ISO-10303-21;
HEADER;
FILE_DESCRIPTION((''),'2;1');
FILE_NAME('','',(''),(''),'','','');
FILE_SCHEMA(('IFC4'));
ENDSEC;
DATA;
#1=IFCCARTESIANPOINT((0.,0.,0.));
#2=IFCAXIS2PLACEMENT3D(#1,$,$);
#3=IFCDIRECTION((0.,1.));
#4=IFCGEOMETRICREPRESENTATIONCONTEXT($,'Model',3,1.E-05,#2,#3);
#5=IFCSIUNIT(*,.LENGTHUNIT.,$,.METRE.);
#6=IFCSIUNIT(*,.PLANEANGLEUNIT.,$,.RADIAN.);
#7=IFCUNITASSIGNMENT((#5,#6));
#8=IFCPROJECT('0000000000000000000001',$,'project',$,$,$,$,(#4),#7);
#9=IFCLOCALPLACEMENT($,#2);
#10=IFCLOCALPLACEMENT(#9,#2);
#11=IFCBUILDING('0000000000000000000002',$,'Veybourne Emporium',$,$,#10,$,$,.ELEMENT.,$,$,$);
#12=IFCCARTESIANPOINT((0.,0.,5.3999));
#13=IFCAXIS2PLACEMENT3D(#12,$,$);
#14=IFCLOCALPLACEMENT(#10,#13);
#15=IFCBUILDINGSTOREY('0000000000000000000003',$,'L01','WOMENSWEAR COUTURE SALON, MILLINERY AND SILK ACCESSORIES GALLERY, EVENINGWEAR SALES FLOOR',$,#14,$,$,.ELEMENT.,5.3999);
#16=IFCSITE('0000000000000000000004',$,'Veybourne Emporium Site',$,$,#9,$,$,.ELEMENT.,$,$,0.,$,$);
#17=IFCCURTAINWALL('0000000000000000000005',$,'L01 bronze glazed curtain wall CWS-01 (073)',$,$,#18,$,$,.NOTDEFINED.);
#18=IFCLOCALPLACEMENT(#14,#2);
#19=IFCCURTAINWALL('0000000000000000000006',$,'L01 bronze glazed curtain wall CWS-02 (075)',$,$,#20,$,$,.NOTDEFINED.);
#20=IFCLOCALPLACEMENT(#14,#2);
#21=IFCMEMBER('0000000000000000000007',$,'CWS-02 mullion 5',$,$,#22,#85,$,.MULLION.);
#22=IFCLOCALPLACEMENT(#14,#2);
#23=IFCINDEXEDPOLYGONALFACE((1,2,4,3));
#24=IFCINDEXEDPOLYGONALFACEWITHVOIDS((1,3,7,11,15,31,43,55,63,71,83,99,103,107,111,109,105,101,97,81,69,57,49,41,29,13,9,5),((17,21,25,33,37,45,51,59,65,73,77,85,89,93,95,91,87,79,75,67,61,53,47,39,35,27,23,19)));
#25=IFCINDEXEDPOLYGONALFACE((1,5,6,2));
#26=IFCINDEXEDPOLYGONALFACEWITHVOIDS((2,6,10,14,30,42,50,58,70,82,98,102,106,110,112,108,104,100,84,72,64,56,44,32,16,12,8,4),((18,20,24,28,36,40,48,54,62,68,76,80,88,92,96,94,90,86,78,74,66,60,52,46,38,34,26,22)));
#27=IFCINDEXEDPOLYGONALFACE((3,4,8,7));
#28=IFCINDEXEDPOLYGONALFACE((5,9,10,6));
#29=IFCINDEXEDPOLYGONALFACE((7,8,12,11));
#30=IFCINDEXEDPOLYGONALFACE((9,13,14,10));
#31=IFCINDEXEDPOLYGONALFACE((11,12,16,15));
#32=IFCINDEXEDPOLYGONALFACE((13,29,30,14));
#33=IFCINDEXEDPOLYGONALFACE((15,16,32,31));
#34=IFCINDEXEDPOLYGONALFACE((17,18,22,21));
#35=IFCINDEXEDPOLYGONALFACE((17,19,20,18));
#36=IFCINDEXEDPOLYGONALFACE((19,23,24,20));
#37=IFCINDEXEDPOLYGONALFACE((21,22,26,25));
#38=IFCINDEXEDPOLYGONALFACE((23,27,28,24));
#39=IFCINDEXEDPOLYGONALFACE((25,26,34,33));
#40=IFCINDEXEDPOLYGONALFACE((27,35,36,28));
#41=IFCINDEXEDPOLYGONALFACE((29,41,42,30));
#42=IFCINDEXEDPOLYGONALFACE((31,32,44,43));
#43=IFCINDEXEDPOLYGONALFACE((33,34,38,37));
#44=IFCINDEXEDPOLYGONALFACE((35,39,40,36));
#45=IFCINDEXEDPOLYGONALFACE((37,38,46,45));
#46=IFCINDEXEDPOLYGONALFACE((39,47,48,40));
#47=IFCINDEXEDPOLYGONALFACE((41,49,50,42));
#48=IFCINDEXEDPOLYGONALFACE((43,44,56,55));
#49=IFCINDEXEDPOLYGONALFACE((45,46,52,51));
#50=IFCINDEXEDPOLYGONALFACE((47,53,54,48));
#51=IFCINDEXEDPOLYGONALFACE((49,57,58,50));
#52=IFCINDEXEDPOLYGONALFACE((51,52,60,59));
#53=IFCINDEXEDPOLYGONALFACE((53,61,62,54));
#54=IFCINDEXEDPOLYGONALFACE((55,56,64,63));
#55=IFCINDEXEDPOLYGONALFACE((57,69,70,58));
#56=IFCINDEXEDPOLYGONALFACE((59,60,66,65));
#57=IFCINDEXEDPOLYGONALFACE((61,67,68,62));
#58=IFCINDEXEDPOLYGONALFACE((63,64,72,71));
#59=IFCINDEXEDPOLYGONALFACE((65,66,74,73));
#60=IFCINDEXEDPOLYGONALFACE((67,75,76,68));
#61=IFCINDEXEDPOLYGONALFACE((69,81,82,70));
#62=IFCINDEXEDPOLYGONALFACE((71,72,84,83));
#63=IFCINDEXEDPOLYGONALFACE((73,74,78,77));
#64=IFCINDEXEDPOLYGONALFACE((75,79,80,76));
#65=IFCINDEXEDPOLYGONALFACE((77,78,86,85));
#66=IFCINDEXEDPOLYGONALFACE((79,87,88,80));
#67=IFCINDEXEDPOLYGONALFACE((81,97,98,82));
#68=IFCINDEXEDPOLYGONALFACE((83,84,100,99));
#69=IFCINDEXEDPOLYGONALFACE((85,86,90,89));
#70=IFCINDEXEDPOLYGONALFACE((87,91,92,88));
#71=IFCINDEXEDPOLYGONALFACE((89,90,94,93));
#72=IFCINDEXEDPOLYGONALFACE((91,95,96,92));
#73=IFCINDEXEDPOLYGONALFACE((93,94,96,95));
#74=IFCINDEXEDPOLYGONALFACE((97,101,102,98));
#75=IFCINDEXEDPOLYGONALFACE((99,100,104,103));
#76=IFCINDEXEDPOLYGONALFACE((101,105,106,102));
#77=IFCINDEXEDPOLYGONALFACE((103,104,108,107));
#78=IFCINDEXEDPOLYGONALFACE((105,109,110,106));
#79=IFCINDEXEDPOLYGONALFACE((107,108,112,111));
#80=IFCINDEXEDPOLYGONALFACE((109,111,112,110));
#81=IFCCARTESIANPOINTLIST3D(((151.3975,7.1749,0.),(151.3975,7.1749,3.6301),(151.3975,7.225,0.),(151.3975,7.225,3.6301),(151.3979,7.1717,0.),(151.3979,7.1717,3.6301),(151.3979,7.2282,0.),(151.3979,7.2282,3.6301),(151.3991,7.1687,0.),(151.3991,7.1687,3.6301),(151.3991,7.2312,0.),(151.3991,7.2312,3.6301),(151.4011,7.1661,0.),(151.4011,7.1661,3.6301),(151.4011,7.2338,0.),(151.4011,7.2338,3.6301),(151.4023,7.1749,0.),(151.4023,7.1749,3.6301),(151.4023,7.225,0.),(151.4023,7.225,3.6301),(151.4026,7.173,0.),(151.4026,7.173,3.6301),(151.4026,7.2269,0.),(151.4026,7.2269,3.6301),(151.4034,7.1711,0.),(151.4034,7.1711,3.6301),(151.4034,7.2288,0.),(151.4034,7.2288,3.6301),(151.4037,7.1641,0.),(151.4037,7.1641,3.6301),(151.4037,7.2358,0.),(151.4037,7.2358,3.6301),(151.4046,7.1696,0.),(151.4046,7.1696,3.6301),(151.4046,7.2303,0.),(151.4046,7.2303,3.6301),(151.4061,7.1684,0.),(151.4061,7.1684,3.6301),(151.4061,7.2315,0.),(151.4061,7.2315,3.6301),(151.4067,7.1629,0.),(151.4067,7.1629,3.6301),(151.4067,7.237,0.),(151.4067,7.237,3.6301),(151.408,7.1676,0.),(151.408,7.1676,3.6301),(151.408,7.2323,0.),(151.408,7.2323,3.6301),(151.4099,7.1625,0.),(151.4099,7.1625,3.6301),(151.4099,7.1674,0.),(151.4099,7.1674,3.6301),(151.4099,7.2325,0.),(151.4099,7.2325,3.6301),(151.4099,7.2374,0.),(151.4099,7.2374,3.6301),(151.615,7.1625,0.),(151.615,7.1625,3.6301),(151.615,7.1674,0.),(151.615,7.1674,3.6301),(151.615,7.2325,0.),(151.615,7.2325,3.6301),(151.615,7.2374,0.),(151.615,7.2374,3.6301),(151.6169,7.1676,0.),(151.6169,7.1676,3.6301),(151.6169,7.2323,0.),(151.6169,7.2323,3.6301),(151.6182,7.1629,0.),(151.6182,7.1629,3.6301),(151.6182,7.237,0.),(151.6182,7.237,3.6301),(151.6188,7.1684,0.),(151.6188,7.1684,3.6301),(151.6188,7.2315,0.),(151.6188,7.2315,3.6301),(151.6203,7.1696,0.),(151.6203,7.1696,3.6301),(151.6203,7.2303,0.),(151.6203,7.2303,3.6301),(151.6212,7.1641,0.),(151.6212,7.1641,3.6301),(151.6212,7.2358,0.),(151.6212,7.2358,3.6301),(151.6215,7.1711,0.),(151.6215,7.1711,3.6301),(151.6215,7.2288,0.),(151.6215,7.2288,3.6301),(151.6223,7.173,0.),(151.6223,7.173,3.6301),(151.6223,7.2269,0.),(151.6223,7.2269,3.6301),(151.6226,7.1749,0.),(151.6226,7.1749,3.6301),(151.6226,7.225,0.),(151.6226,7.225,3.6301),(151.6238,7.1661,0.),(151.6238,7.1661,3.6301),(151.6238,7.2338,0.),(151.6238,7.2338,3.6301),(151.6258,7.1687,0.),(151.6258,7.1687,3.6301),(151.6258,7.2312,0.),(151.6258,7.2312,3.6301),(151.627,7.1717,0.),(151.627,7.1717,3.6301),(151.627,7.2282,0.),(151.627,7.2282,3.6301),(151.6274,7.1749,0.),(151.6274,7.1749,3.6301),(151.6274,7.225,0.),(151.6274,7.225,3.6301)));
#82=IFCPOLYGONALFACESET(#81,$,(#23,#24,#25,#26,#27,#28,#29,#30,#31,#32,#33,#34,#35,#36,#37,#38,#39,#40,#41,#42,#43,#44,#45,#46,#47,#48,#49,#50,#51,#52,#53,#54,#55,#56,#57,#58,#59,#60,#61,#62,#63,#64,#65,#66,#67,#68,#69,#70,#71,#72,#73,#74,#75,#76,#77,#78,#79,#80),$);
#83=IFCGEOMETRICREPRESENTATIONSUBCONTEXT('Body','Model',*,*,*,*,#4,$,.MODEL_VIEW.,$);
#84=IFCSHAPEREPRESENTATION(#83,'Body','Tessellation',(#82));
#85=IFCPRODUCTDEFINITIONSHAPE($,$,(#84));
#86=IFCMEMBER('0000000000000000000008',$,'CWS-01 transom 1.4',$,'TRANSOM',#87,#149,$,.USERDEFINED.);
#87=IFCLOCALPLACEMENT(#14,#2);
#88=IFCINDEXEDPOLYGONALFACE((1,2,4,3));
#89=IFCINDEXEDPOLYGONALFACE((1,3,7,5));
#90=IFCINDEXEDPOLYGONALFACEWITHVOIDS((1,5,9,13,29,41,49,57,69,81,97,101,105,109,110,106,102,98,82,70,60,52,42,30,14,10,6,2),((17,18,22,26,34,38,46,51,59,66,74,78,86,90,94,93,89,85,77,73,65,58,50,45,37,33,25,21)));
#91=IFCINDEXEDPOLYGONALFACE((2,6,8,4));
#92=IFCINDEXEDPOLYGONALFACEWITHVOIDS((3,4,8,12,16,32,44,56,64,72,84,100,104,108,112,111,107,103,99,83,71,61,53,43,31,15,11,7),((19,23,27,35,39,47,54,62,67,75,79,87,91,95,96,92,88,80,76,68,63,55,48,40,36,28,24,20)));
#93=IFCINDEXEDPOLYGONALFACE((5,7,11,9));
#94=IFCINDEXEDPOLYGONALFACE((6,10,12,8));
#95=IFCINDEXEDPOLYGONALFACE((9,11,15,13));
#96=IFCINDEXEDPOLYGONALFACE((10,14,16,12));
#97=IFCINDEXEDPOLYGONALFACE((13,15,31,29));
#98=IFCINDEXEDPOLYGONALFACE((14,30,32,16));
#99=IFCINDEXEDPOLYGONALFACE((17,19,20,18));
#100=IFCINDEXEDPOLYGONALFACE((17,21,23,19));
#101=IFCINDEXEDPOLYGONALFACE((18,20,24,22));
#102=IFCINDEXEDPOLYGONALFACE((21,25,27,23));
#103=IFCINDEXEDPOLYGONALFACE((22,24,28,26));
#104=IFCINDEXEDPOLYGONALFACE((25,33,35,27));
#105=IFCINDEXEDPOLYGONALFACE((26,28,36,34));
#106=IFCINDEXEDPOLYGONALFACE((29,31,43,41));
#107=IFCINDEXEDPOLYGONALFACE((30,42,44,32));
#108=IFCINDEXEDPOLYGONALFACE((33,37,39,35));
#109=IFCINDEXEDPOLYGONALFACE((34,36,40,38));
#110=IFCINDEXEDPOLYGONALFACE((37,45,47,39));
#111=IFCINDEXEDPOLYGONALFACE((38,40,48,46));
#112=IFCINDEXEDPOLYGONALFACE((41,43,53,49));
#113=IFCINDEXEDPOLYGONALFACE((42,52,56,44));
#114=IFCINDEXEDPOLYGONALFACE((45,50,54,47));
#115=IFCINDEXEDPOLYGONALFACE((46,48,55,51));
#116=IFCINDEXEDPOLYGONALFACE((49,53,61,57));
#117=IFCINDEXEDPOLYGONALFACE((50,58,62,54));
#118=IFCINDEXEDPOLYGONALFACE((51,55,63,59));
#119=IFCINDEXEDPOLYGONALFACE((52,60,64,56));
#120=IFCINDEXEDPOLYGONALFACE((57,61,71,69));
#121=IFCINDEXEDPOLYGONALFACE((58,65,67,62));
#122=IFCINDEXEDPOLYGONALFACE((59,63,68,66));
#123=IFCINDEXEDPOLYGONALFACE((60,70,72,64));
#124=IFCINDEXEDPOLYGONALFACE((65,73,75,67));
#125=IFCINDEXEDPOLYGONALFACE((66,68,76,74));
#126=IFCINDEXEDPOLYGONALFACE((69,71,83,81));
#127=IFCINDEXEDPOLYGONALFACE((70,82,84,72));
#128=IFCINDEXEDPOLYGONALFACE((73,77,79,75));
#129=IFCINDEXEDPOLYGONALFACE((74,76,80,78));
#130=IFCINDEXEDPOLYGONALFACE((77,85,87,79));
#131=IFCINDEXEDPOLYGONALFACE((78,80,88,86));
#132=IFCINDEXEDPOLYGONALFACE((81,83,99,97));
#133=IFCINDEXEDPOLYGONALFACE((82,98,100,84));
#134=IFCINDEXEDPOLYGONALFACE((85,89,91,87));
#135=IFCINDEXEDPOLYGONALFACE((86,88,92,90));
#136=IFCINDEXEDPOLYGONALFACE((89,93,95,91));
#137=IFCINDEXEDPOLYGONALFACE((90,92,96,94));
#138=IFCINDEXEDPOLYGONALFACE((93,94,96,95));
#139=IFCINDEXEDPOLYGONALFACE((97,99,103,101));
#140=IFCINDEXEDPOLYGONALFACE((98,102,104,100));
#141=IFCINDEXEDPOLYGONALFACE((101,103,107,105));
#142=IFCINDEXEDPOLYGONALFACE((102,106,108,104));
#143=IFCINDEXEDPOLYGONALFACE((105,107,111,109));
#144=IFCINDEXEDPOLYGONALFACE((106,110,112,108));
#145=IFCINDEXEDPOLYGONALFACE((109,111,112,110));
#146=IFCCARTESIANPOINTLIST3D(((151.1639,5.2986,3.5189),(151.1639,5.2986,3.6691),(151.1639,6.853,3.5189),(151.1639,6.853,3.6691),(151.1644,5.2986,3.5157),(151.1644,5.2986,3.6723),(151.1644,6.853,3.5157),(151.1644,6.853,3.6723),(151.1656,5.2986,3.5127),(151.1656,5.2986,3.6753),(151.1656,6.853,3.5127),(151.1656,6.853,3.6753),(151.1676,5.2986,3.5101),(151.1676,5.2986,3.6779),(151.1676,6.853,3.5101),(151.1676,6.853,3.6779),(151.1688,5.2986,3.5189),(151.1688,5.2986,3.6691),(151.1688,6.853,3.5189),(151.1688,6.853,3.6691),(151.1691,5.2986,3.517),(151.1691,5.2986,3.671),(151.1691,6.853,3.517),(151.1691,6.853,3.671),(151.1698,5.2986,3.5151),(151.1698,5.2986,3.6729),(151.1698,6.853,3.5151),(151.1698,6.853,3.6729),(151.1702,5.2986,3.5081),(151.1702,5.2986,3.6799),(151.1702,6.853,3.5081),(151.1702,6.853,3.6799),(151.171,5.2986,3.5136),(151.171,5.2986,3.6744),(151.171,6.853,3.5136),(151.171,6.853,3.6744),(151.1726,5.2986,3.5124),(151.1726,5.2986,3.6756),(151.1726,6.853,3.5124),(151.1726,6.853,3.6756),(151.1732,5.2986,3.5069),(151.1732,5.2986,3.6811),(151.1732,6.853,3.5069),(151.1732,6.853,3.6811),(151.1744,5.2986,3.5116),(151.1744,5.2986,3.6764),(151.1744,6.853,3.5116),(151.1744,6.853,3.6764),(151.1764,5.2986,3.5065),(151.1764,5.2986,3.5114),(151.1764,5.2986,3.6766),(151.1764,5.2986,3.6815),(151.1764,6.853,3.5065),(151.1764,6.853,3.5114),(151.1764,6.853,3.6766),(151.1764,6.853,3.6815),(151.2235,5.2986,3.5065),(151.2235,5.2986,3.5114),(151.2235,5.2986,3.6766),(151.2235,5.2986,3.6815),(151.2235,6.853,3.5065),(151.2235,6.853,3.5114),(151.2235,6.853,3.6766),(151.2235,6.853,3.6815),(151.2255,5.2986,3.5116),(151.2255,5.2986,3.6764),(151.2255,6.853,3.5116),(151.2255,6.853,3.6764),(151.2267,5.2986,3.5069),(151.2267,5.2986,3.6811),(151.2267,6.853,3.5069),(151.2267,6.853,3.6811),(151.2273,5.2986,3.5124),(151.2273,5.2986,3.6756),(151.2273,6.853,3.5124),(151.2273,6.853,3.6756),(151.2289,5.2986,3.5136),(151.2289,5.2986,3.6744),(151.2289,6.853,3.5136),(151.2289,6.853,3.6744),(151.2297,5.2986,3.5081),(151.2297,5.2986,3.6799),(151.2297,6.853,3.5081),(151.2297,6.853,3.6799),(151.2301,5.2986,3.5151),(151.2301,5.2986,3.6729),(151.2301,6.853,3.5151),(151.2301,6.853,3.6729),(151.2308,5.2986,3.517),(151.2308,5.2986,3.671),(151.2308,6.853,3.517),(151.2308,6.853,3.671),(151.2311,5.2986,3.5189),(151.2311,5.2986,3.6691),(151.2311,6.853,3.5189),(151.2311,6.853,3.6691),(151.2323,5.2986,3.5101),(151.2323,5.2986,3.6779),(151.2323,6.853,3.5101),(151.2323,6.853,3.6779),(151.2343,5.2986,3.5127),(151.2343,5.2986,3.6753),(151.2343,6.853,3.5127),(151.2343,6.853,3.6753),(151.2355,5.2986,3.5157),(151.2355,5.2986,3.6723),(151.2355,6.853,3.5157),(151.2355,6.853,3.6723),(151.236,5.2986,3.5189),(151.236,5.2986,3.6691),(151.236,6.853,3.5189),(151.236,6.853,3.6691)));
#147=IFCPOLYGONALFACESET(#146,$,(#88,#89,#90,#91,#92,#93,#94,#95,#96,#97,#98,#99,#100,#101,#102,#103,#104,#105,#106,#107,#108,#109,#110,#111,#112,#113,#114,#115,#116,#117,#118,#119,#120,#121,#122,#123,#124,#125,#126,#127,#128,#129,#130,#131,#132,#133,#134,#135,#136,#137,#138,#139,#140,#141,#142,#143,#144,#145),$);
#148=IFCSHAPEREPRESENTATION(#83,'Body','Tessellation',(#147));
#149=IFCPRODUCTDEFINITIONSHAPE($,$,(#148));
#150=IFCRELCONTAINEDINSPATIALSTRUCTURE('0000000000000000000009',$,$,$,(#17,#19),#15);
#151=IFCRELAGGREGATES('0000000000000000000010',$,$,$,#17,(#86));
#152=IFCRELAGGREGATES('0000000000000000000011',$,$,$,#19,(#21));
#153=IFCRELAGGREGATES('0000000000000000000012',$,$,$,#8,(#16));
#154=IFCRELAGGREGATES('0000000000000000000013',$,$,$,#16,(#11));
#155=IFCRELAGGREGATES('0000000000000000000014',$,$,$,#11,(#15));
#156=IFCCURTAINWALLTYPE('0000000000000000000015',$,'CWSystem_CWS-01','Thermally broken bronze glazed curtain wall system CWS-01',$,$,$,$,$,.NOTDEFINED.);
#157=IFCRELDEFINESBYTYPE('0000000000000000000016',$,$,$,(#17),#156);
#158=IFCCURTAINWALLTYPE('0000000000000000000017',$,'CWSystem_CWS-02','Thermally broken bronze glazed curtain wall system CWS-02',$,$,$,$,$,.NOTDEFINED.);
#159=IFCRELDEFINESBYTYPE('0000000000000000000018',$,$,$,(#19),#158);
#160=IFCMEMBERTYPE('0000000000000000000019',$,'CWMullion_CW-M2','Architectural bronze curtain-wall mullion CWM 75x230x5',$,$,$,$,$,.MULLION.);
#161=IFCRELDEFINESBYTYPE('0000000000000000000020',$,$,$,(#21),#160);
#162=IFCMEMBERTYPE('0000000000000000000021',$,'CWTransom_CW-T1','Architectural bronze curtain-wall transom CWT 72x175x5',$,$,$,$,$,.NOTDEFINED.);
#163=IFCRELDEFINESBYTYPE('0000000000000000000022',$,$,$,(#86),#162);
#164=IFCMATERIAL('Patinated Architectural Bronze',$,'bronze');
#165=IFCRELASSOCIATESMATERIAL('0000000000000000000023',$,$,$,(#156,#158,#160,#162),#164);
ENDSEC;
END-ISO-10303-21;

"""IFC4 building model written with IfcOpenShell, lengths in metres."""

from ifc_helpers import new_model, si_unit, direction, frame, origin, origin_2d, place, context, subcontext, project, spatial, hollow_rectangle, extrude, material, material_profile, profile_set, type_object, element, aggregate, save


model = new_model("IFC4")

# Units and contexts
model_context = context("Model", 3, precision=1e-05, world=origin(), true_north=direction((0.0, 1.0)))
body_context = subcontext(model_context, "Body", "Model", "MODEL_VIEW")
ifc_project = project(units=[si_unit("LENGTHUNIT", "METRE"), si_unit("PLANEANGLEUNIT", "RADIAN")], contexts=[model_context])

# Site, building, storey
site_placement = place(None, origin())
site = spatial("IfcSite", under=ifc_project, at=site_placement, Name="Veybourne Emporium Site", CompositionType="ELEMENT", RefElevation=0.0)
building_placement = place(site_placement, origin())
building = spatial("IfcBuilding", under=site, at=building_placement, Name="Veybourne Emporium", CompositionType="ELEMENT")
storey_placement = place(building_placement, frame((0.0, 0.0, 5.3999)))
storey = spatial("IfcBuildingStorey", under=building, at=storey_placement, Name="L01", Description="WOMENSWEAR COUTURE SALON, MILLINERY AND SILK ACCESSORIES GALLERY, EVENINGWEAR SALES FLOOR", CompositionType="ELEMENT", Elevation=5.3999)

# Curtain wall
ifc_material_1 = material(Name="Patinated Architectural Bronze", Category="bronze")
curtain_wall_type_1 = type_object("IfcCurtainWallType", Name="CWSystem_CWS-01", Description="Thermally broken bronze glazed curtain wall system CWS-01", PredefinedType="NOTDEFINED", material=ifc_material_1)
curtain_wall_1_placement = place(storey_placement, origin())
curtain_wall_1 = element("IfcCurtainWall", 1, at=curtain_wall_1_placement, inside=storey, type_object=curtain_wall_type_1, Name="L01 bronze glazed curtain wall CWS-01 (073)", PredefinedType="NOTDEFINED")

# Curtain wall, member
curtain_wall_type_2 = type_object("IfcCurtainWallType", Name="CWSystem_CWS-02", Description="Thermally broken bronze glazed curtain wall system CWS-02", PredefinedType="NOTDEFINED", material=ifc_material_1)
curtain_wall_2_placement = place(storey_placement, origin())
curtain_wall_2 = element("IfcCurtainWall", 2, at=curtain_wall_2_placement, inside=storey, type_object=curtain_wall_type_2, Name="L01 bronze glazed curtain wall CWS-02 (075)", PredefinedType="NOTDEFINED")
ifc_material_profile_1 = material_profile(ifc_material_1, hollow_rectangle(XDim=0.075, YDim=0.23, WallThickness=0.0049, InnerFilletRadius=0.0076, OuterFilletRadius=0.0125, at=origin_2d()), Name="CWM 75x230x5")
ifc_profile_set_1 = profile_set([ifc_material_profile_1], Name="Patinated Architectural Bronze")
member_type_1 = type_object("IfcMemberType", Name="CWMullion_CW-M2", Description="Architectural bronze curtain-wall mullion CWM 75x230x5", PredefinedType="MULLION", material=ifc_profile_set_1)
member_1_placement = place(storey_placement, frame((151.5125, 7.2, 0.0), z_axis=(0.0, 0.0, 1.0), x_axis=(0.0, -1.0, 0.0)))
member_1 = element("IfcMember", 3, at=member_1_placement, type_object=member_type_1, Name="CWS-02 mullion 5", PredefinedType="MULLION", context=body_context, shape_type="SweptSolid", body=[
    extrude(hollow_rectangle(XDim=0.075, YDim=0.23, WallThickness=0.0049, InnerFilletRadius=0.0076, OuterFilletRadius=0.0125, at=origin_2d()), origin(), (0.0, 0.0, 1.0), 3.6301),
])

# Member
ifc_material_profile_2 = material_profile(ifc_material_1, hollow_rectangle(XDim=0.072, YDim=0.175, WallThickness=0.0049, InnerFilletRadius=0.0076, OuterFilletRadius=0.0125, at=origin_2d()), Name="CWT 72x175x5")
ifc_profile_set_2 = profile_set([ifc_material_profile_2], Name="Patinated Architectural Bronze")
member_type_2 = type_object("IfcMemberType", Name="CWTransom_CW-T1", Description="Architectural bronze curtain-wall transom CWT 72x175x5", PredefinedType="NOTDEFINED", material=ifc_profile_set_2)
member_2_placement = place(storey_placement, frame((151.2, 6.853, 3.594), z_axis=(0.0, -1.0, 0.0), x_axis=(1.0, 0.0, 0.0)))
member_2 = element("IfcMember", 4, at=member_2_placement, type_object=member_type_2, Name="CWS-01 transom 1.4", ObjectType="TRANSOM", PredefinedType="USERDEFINED", context=body_context, shape_type="SweptSolid", body=[
    extrude(hollow_rectangle(XDim=0.072, YDim=0.175, WallThickness=0.0049, InnerFilletRadius=0.0076, OuterFilletRadius=0.0125, at=origin_2d()), origin(), (0.0, 0.0, 1.0), 1.5544),
])
aggregate(curtain_wall_1, [member_2])

aggregate(curtain_wall_2, [member_1])

save(model, "model.ifc")
